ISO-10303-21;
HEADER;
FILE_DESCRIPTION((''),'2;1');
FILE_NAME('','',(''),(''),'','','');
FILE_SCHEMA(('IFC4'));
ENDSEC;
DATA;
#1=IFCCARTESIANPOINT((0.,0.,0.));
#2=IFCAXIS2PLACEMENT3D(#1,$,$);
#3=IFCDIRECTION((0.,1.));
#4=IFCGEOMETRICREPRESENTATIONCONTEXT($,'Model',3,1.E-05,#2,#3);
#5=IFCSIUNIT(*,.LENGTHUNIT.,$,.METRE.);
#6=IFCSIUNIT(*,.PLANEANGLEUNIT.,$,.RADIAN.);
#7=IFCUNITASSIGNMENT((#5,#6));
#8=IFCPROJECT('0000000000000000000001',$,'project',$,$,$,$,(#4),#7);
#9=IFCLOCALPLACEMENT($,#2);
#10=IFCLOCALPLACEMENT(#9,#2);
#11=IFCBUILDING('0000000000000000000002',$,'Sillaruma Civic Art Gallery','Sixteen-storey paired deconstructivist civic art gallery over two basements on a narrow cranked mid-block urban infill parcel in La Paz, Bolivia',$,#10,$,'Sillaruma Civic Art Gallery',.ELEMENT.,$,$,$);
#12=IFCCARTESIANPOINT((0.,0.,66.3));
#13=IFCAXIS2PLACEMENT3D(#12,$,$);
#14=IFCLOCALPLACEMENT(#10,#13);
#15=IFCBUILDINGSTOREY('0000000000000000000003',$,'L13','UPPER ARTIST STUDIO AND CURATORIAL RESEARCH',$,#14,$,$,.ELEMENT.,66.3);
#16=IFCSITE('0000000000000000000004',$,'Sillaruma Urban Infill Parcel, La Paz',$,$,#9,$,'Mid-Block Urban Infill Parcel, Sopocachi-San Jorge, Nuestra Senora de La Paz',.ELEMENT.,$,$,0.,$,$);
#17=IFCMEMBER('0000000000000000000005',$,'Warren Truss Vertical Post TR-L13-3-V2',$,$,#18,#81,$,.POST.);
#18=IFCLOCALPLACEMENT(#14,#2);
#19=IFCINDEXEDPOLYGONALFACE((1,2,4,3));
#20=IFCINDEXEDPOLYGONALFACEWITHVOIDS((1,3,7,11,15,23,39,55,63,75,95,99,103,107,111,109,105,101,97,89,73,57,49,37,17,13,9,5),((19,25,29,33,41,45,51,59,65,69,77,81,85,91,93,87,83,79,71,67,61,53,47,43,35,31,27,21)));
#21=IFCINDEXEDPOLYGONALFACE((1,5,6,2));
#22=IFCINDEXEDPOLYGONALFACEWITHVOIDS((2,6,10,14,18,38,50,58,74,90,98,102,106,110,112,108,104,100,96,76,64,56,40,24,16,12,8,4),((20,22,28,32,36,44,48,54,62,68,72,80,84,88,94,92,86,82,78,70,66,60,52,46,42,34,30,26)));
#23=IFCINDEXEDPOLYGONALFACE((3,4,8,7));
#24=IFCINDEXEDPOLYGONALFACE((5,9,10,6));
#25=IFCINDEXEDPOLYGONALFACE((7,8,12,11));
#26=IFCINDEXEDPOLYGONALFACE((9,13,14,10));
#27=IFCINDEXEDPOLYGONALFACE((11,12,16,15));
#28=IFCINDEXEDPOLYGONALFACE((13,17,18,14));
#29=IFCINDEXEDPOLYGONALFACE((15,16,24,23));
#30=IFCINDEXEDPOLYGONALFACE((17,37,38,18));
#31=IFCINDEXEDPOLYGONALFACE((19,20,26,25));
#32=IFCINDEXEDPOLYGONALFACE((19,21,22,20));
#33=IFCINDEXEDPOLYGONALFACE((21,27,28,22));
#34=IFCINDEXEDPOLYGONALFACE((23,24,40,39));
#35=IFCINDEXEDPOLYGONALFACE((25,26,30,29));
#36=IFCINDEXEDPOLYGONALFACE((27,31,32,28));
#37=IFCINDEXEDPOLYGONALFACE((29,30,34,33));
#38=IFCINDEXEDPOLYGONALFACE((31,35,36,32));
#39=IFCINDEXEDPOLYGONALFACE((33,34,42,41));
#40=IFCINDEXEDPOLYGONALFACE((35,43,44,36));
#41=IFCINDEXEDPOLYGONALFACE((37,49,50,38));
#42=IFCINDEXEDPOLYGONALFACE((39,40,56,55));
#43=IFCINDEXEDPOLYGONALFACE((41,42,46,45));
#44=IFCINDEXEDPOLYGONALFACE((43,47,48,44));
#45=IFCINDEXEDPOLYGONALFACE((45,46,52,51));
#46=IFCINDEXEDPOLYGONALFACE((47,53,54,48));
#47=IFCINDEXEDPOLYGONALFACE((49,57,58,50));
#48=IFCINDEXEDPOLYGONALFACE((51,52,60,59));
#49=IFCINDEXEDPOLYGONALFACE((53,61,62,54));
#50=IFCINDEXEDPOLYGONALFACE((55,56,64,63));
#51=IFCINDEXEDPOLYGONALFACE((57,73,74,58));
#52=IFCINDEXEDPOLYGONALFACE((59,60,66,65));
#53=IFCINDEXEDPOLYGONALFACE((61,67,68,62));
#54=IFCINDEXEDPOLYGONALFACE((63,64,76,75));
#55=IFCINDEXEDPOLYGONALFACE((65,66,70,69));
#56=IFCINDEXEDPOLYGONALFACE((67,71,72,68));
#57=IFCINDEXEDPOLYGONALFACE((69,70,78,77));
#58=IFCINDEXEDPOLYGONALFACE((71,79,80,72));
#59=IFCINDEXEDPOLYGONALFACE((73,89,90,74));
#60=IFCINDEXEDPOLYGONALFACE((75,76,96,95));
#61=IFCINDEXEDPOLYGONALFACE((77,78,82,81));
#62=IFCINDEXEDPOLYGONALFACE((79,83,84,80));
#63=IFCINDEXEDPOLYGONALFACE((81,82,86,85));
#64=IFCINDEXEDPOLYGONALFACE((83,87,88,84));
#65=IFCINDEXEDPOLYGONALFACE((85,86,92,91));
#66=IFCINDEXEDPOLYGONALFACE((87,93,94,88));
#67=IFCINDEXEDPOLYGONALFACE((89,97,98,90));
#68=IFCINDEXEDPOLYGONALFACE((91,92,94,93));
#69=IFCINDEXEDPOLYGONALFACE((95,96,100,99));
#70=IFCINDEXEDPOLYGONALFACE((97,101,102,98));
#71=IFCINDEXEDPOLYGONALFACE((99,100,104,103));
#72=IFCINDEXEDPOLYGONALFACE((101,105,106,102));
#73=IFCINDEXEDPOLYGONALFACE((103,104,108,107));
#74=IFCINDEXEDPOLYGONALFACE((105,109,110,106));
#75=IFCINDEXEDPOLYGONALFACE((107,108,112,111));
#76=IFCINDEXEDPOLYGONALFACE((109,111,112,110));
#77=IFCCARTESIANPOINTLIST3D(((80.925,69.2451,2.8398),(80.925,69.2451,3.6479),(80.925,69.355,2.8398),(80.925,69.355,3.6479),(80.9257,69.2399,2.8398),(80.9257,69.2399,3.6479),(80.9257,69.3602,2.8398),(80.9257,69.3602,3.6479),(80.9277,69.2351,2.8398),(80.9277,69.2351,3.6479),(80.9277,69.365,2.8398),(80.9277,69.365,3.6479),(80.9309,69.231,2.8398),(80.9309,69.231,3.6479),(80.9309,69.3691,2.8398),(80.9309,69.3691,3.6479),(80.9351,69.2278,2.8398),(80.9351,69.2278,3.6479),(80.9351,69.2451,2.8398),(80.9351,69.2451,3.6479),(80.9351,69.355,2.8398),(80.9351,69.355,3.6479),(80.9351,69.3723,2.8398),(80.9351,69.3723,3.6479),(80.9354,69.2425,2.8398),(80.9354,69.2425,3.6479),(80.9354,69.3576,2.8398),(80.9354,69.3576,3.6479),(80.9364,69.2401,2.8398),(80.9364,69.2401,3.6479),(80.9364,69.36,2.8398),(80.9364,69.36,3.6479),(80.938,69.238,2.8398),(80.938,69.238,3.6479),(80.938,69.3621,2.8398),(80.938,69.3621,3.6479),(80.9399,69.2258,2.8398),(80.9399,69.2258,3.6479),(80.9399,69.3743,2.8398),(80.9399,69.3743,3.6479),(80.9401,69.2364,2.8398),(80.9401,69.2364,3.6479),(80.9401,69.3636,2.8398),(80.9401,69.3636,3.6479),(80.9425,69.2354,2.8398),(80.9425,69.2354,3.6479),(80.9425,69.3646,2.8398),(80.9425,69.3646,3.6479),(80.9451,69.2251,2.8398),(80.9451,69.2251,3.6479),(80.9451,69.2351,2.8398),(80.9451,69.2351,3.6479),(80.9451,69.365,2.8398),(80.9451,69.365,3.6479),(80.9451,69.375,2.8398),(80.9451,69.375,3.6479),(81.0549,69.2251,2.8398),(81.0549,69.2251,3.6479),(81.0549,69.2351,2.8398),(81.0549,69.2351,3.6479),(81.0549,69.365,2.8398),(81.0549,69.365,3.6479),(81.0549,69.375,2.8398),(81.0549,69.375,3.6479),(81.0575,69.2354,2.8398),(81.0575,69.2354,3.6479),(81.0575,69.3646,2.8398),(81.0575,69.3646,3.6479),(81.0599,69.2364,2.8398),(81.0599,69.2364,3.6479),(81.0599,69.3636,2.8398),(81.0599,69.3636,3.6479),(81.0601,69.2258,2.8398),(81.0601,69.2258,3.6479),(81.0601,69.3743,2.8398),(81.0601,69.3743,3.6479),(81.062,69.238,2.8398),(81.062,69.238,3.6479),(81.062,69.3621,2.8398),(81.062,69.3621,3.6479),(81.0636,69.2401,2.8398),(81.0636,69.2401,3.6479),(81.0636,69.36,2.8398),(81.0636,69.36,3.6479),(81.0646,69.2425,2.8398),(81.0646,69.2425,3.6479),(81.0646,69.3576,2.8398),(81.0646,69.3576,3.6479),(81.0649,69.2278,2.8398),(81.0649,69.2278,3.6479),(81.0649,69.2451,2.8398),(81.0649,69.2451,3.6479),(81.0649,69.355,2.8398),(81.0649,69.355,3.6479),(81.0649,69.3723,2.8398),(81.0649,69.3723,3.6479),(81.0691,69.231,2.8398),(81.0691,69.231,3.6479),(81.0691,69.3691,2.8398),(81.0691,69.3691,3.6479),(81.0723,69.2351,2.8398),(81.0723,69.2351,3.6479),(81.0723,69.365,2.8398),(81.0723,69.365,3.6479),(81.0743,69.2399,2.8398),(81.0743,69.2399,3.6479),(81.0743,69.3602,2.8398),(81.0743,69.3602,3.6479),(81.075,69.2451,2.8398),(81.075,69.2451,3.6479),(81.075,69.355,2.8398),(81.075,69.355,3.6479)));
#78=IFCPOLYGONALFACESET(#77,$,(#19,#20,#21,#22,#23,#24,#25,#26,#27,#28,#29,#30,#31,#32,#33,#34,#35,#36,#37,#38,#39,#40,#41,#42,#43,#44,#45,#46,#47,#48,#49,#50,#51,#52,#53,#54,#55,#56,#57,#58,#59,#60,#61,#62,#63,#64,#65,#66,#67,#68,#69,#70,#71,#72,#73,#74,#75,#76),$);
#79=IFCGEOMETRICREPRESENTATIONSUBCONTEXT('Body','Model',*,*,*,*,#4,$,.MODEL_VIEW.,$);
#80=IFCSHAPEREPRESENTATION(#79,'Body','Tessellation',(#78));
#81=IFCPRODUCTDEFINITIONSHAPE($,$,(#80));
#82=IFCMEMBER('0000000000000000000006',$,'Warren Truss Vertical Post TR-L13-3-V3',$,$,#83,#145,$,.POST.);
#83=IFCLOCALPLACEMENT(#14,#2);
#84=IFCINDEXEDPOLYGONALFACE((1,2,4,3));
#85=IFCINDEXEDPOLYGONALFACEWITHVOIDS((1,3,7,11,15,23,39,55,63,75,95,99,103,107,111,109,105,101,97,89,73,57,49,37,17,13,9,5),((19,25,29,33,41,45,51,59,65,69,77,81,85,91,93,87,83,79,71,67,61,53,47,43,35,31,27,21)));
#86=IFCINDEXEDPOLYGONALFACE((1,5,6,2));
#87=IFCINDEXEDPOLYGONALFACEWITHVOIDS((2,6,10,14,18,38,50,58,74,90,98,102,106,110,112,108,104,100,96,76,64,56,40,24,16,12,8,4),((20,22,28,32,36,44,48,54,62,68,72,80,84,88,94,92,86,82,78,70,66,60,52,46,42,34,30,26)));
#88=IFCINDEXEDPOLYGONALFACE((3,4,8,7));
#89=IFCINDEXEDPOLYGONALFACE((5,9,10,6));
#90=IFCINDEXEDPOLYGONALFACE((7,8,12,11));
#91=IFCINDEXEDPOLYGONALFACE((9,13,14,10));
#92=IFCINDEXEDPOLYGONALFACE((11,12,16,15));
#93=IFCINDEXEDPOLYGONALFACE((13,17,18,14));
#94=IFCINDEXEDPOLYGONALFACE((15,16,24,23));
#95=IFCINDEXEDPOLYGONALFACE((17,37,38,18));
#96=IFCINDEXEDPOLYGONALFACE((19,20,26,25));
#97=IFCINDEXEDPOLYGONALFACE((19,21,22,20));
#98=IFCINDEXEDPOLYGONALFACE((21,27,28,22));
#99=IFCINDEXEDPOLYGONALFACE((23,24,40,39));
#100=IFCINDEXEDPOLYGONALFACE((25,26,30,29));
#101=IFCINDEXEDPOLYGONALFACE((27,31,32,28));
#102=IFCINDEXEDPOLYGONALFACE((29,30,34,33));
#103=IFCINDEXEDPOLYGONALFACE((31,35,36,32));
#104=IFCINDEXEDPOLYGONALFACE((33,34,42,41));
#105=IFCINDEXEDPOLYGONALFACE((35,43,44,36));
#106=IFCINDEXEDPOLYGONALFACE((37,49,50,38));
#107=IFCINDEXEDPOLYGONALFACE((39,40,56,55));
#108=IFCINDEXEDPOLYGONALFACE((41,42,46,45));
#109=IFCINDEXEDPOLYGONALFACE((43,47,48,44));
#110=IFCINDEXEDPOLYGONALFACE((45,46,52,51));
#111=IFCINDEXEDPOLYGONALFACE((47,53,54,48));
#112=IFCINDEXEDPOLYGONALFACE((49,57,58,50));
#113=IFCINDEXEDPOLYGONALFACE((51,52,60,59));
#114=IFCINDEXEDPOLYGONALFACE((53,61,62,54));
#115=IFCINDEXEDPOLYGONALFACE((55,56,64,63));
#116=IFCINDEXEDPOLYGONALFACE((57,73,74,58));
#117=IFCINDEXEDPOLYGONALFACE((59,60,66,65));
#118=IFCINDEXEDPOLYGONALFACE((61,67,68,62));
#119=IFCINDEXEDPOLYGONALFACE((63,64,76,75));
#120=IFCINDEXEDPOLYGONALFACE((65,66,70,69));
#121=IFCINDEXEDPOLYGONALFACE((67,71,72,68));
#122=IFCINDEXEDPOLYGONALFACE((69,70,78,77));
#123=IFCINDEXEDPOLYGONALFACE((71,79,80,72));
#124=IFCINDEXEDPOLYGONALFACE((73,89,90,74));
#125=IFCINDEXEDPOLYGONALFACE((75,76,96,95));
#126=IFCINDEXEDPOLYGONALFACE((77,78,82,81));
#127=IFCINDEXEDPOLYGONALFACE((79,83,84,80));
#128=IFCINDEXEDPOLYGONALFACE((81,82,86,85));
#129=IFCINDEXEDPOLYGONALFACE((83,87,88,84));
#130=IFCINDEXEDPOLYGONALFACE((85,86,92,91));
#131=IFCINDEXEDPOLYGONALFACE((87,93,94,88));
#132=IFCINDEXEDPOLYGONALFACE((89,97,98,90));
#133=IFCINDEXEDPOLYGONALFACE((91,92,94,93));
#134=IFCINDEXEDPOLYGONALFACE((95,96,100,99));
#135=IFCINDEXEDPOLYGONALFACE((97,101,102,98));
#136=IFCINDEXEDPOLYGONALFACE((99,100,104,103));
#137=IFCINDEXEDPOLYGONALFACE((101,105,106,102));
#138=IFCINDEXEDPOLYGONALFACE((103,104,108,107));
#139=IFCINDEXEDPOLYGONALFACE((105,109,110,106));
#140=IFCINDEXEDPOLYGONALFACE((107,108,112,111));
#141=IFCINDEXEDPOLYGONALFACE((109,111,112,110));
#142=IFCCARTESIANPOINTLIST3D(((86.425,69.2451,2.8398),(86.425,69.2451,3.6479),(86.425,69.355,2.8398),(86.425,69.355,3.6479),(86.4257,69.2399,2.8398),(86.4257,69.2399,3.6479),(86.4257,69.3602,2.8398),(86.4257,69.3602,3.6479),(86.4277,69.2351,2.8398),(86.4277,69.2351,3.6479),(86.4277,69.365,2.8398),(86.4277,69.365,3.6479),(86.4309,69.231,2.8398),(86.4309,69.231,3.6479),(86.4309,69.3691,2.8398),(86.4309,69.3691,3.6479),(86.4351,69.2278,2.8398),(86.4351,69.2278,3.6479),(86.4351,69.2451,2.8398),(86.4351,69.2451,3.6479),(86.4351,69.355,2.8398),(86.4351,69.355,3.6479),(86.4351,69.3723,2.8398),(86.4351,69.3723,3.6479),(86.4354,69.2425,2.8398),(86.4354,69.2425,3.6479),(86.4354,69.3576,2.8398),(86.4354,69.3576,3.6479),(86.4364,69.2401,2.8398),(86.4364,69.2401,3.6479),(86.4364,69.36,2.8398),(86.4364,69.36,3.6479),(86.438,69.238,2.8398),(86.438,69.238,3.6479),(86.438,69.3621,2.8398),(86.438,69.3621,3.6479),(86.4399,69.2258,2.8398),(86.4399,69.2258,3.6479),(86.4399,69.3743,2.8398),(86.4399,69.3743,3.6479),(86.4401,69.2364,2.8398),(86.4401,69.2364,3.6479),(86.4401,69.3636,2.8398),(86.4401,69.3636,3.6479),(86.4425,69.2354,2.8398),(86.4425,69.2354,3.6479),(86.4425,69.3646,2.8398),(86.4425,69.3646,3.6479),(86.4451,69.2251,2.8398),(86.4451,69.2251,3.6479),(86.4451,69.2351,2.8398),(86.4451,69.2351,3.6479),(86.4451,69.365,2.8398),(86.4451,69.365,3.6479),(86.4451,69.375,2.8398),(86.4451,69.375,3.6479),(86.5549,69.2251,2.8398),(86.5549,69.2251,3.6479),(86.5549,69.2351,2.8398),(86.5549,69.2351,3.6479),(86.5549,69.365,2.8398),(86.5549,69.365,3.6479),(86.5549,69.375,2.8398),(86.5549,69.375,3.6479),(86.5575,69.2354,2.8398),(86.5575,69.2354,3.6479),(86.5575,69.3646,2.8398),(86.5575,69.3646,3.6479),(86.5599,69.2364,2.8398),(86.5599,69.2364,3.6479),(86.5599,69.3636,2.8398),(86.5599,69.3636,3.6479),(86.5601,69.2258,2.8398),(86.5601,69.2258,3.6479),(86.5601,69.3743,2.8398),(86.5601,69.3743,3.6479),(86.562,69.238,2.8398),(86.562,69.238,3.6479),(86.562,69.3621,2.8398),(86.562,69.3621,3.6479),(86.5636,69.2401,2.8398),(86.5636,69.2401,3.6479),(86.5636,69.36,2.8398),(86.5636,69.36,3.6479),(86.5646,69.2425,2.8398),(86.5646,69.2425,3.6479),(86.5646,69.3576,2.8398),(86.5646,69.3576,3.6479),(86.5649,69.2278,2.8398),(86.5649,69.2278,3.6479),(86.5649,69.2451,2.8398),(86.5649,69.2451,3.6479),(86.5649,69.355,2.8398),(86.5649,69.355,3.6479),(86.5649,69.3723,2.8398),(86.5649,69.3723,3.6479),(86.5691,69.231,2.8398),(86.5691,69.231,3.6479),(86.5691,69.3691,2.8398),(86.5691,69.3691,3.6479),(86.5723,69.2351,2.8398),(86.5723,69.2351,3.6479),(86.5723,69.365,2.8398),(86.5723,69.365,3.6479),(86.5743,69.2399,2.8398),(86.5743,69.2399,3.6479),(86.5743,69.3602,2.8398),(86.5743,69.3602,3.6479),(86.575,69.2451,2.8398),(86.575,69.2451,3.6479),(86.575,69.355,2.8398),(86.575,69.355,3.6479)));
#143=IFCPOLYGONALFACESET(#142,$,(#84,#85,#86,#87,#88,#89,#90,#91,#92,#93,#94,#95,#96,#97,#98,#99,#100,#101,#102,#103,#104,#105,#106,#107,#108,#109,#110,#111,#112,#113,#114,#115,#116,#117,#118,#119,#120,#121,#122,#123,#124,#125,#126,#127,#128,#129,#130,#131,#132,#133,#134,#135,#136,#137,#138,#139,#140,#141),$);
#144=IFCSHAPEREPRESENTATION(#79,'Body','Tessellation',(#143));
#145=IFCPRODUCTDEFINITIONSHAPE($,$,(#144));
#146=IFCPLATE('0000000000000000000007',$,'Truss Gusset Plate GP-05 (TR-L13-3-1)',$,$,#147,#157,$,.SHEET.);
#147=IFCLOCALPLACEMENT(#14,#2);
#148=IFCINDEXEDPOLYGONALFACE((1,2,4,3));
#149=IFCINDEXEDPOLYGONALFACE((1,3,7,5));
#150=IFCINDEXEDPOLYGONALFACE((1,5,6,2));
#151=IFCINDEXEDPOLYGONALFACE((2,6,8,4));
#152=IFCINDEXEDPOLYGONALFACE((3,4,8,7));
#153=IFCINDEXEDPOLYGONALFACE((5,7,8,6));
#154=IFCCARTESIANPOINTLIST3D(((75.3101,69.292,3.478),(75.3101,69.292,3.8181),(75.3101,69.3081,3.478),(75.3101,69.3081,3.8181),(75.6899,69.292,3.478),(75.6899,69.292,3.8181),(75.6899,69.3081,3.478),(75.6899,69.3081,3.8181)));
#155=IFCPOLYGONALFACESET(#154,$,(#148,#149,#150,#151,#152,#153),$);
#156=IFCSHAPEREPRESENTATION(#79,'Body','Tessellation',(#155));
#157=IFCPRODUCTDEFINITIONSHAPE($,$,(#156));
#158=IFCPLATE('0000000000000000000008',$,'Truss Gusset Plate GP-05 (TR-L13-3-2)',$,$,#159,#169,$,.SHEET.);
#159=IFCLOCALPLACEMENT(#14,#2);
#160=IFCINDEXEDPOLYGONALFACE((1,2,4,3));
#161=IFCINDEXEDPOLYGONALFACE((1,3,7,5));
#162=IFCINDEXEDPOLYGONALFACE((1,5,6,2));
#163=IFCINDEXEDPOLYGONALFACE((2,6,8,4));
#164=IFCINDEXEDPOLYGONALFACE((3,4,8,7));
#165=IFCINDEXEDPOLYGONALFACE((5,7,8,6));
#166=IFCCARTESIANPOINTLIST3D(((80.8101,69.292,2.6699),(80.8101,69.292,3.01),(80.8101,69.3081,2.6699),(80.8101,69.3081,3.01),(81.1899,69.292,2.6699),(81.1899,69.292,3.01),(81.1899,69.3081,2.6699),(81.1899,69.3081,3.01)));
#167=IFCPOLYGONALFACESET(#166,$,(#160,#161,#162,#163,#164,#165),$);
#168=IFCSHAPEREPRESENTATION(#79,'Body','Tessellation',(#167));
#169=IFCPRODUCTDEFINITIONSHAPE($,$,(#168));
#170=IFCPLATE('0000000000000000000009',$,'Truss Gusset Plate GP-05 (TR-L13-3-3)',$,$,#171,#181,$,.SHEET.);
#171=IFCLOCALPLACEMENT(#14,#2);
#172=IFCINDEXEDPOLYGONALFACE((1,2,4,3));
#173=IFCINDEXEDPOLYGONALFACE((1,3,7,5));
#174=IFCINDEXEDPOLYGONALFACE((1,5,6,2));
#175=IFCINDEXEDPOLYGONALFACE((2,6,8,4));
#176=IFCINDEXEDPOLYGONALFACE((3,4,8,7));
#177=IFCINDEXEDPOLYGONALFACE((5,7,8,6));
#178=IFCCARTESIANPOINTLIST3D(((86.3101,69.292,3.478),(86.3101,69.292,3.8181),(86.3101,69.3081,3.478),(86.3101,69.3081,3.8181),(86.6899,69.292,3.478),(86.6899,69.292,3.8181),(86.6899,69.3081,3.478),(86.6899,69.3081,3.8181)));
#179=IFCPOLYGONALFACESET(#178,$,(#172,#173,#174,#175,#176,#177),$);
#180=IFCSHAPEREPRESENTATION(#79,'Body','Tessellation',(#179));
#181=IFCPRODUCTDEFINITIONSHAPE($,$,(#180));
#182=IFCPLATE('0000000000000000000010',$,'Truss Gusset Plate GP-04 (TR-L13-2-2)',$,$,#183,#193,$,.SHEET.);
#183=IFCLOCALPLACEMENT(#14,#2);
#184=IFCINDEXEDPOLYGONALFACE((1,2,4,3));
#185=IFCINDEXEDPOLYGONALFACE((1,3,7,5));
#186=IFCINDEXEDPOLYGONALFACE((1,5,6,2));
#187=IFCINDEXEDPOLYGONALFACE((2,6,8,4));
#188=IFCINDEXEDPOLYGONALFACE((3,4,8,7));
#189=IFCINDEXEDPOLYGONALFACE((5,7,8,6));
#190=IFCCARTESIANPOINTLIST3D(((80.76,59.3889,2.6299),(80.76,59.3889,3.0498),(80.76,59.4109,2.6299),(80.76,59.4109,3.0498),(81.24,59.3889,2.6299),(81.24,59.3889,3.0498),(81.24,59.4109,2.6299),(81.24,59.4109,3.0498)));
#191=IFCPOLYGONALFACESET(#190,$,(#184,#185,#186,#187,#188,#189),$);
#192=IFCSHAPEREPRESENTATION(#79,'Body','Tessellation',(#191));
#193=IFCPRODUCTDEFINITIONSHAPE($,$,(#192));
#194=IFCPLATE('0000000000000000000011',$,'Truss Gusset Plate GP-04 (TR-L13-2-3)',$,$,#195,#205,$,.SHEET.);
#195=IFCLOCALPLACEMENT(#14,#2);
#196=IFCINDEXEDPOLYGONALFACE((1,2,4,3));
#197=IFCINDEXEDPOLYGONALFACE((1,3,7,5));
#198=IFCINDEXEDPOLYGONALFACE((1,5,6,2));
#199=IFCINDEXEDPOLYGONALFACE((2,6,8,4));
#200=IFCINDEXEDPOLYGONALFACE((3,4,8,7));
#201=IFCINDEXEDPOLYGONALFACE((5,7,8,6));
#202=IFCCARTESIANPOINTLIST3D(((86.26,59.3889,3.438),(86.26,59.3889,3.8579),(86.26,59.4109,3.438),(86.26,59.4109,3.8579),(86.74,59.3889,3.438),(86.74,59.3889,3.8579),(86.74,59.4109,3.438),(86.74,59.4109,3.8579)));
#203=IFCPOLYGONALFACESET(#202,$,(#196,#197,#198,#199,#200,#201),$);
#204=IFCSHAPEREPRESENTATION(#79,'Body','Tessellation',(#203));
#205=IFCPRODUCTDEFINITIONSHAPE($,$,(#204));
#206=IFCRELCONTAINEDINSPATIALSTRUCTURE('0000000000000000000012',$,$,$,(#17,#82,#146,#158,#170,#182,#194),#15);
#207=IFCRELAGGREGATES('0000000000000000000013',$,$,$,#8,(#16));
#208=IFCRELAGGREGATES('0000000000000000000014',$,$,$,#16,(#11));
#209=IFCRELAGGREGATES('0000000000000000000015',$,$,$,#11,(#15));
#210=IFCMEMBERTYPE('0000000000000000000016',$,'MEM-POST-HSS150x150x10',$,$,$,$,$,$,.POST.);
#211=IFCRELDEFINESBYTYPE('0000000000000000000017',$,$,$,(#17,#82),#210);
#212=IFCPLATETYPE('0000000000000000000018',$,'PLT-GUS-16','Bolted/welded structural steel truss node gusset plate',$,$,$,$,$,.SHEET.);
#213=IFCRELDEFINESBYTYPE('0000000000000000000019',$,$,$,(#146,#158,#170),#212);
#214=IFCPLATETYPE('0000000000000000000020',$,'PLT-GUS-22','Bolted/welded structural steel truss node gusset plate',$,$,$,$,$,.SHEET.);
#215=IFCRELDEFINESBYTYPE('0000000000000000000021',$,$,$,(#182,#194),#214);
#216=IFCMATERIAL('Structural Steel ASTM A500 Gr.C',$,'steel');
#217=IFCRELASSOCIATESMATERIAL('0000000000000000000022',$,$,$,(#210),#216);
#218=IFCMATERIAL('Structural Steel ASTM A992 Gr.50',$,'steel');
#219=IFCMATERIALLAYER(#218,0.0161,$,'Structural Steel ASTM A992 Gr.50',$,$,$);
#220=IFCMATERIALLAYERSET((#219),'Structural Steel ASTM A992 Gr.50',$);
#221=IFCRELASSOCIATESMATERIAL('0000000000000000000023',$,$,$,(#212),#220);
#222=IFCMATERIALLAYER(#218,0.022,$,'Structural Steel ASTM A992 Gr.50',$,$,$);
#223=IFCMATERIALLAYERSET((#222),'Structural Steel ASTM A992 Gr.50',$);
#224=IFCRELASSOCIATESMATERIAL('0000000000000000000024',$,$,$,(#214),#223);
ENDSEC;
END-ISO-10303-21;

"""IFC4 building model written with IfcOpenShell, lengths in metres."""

from ifc_helpers import new_model, si_unit, direction, frame, origin, origin_2d, place, context, subcontext, project, spatial, rectangle, hollow_rectangle, extrude, material, layer, layer_set, material_profile, profile_set, type_object, element, save


model = new_model("IFC4")

# Units and contexts
model_context = context("Model", 3, precision=1e-05, world=origin(), true_north=direction((0.0, 1.0)))
body_context = subcontext(model_context, "Body", "Model", "MODEL_VIEW")
ifc_project = project(units=[si_unit("LENGTHUNIT", "METRE"), si_unit("PLANEANGLEUNIT", "RADIAN")], contexts=[model_context])

# Site, building, storey
site_placement = place(None, origin())
site = spatial("IfcSite", under=ifc_project, at=site_placement, Name="Sillaruma Urban Infill Parcel, La Paz", LongName="Mid-Block Urban Infill Parcel, Sopocachi-San Jorge, Nuestra Senora de La Paz", CompositionType="ELEMENT", RefElevation=0.0)
building_placement = place(site_placement, origin())
building = spatial("IfcBuilding", under=site, at=building_placement, Name="Sillaruma Civic Art Gallery", Description="Sixteen-storey paired deconstructivist civic art gallery over two basements on a narrow cranked mid-block urban infill parcel in La Paz, Bolivia", LongName="Sillaruma Civic Art Gallery", CompositionType="ELEMENT")
storey_placement = place(building_placement, frame((0.0, 0.0, 66.3)))
storey = spatial("IfcBuildingStorey", under=building, at=storey_placement, Name="L13", Description="UPPER ARTIST STUDIO AND CURATORIAL RESEARCH", CompositionType="ELEMENT", Elevation=66.3)

# Shared definitions
ifc_material_1 = material(Name="Structural Steel ASTM A500 Gr.C", Category="steel")
ifc_material_2 = material(Name="Structural Steel ASTM A992 Gr.50", Category="steel")

# Members
ifc_material_profile_1 = material_profile(ifc_material_1, hollow_rectangle(XDim=0.1499, YDim=0.1499, WallThickness=0.01, InnerFilletRadius=0.01, OuterFilletRadius=0.02, at=origin_2d()), Name="HSS150x150x10")
ifc_profile_set_1 = profile_set([ifc_material_profile_1], Name="Structural Steel ASTM A500 Gr.C")
member_type_1 = type_object("IfcMemberType", Name="MEM-POST-HSS150x150x10", PredefinedType="POST", material=ifc_profile_set_1)
for number, where, z_axis, x_axis, name in (
    (1, (81.0, 69.3, 2.8398), (0.0, 0.0, 1.0), (1.0, 0.0, 0.0), "Warren Truss Vertical Post TR-L13-3-V2"),
    (2, (86.5, 69.3, 2.8398), (0.0, 0.0, 1.0), (1.0, 0.0, 0.0), "Warren Truss Vertical Post TR-L13-3-V3"),
):
    element("IfcMember", number, at=place(storey_placement, frame(where, z_axis=z_axis, x_axis=x_axis)), inside=storey, type_object=member_type_1, Name=name, PredefinedType="POST", context=body_context, shape_type="SweptSolid", body=[
        extrude(hollow_rectangle(XDim=0.1499, YDim=0.1499, WallThickness=0.01, InnerFilletRadius=0.01, OuterFilletRadius=0.02, at=origin_2d()), origin(), (0.0, 0.0, 1.0), 0.8081),
    ])

# Plates
ifc_layer_1 = layer(ifc_material_2, 0.0161, Name="Structural Steel ASTM A992 Gr.50")
ifc_layer_set_1 = layer_set([ifc_layer_1], Name="Structural Steel ASTM A992 Gr.50")
plate_type_1 = type_object("IfcPlateType", Name="PLT-GUS-16", Description="Bolted/welded structural steel truss node gusset plate", PredefinedType="SHEET", material=ifc_layer_set_1)
for number, where, z_axis, x_axis, name in (
    (3, (75.5, 69.3, 3.478), (0.0, 0.0, 1.0), (1.0, 0.0, 0.0), "Truss Gusset Plate GP-05 (TR-L13-3-1)"),
    (4, (81.0, 69.3, 2.6699), (0.0, 0.0, 1.0), (1.0, 0.0, 0.0), "Truss Gusset Plate GP-05 (TR-L13-3-2)"),
    (5, (86.5, 69.3, 3.478), (0.0, 0.0, 1.0), (1.0, 0.0, 0.0), "Truss Gusset Plate GP-05 (TR-L13-3-3)"),
):
    element("IfcPlate", number, at=place(storey_placement, frame(where, z_axis=z_axis, x_axis=x_axis)), inside=storey, type_object=plate_type_1, Name=name, PredefinedType="SHEET", context=body_context, shape_type="SweptSolid", body=[
        extrude(rectangle(XDim=0.3799, YDim=0.0161, at=origin_2d()), origin(), (0.0, 0.0, 1.0), 0.3401),
    ])
ifc_layer_2 = layer(ifc_material_2, 0.022, Name="Structural Steel ASTM A992 Gr.50")
ifc_layer_set_2 = layer_set([ifc_layer_2], Name="Structural Steel ASTM A992 Gr.50")
plate_type_2 = type_object("IfcPlateType", Name="PLT-GUS-22", Description="Bolted/welded structural steel truss node gusset plate", PredefinedType="SHEET", material=ifc_layer_set_2)
for number, where, z_axis, x_axis, name in (
    (6, (81.0, 59.3999, 2.6299), (0.0, 0.0, 1.0), (1.0, 0.0, 0.0), "Truss Gusset Plate GP-04 (TR-L13-2-2)"),
    (7, (86.5, 59.3999, 3.438), (0.0, 0.0, 1.0), (1.0, 0.0, 0.0), "Truss Gusset Plate GP-04 (TR-L13-2-3)"),
):
    element("IfcPlate", number, at=place(storey_placement, frame(where, z_axis=z_axis, x_axis=x_axis)), inside=storey, type_object=plate_type_2, Name=name, PredefinedType="SHEET", context=body_context, shape_type="SweptSolid", body=[
        extrude(rectangle(XDim=0.48, YDim=0.022, at=origin_2d()), origin(), (0.0, 0.0, 1.0), 0.4199),
    ])

save(model, "model.ifc")
